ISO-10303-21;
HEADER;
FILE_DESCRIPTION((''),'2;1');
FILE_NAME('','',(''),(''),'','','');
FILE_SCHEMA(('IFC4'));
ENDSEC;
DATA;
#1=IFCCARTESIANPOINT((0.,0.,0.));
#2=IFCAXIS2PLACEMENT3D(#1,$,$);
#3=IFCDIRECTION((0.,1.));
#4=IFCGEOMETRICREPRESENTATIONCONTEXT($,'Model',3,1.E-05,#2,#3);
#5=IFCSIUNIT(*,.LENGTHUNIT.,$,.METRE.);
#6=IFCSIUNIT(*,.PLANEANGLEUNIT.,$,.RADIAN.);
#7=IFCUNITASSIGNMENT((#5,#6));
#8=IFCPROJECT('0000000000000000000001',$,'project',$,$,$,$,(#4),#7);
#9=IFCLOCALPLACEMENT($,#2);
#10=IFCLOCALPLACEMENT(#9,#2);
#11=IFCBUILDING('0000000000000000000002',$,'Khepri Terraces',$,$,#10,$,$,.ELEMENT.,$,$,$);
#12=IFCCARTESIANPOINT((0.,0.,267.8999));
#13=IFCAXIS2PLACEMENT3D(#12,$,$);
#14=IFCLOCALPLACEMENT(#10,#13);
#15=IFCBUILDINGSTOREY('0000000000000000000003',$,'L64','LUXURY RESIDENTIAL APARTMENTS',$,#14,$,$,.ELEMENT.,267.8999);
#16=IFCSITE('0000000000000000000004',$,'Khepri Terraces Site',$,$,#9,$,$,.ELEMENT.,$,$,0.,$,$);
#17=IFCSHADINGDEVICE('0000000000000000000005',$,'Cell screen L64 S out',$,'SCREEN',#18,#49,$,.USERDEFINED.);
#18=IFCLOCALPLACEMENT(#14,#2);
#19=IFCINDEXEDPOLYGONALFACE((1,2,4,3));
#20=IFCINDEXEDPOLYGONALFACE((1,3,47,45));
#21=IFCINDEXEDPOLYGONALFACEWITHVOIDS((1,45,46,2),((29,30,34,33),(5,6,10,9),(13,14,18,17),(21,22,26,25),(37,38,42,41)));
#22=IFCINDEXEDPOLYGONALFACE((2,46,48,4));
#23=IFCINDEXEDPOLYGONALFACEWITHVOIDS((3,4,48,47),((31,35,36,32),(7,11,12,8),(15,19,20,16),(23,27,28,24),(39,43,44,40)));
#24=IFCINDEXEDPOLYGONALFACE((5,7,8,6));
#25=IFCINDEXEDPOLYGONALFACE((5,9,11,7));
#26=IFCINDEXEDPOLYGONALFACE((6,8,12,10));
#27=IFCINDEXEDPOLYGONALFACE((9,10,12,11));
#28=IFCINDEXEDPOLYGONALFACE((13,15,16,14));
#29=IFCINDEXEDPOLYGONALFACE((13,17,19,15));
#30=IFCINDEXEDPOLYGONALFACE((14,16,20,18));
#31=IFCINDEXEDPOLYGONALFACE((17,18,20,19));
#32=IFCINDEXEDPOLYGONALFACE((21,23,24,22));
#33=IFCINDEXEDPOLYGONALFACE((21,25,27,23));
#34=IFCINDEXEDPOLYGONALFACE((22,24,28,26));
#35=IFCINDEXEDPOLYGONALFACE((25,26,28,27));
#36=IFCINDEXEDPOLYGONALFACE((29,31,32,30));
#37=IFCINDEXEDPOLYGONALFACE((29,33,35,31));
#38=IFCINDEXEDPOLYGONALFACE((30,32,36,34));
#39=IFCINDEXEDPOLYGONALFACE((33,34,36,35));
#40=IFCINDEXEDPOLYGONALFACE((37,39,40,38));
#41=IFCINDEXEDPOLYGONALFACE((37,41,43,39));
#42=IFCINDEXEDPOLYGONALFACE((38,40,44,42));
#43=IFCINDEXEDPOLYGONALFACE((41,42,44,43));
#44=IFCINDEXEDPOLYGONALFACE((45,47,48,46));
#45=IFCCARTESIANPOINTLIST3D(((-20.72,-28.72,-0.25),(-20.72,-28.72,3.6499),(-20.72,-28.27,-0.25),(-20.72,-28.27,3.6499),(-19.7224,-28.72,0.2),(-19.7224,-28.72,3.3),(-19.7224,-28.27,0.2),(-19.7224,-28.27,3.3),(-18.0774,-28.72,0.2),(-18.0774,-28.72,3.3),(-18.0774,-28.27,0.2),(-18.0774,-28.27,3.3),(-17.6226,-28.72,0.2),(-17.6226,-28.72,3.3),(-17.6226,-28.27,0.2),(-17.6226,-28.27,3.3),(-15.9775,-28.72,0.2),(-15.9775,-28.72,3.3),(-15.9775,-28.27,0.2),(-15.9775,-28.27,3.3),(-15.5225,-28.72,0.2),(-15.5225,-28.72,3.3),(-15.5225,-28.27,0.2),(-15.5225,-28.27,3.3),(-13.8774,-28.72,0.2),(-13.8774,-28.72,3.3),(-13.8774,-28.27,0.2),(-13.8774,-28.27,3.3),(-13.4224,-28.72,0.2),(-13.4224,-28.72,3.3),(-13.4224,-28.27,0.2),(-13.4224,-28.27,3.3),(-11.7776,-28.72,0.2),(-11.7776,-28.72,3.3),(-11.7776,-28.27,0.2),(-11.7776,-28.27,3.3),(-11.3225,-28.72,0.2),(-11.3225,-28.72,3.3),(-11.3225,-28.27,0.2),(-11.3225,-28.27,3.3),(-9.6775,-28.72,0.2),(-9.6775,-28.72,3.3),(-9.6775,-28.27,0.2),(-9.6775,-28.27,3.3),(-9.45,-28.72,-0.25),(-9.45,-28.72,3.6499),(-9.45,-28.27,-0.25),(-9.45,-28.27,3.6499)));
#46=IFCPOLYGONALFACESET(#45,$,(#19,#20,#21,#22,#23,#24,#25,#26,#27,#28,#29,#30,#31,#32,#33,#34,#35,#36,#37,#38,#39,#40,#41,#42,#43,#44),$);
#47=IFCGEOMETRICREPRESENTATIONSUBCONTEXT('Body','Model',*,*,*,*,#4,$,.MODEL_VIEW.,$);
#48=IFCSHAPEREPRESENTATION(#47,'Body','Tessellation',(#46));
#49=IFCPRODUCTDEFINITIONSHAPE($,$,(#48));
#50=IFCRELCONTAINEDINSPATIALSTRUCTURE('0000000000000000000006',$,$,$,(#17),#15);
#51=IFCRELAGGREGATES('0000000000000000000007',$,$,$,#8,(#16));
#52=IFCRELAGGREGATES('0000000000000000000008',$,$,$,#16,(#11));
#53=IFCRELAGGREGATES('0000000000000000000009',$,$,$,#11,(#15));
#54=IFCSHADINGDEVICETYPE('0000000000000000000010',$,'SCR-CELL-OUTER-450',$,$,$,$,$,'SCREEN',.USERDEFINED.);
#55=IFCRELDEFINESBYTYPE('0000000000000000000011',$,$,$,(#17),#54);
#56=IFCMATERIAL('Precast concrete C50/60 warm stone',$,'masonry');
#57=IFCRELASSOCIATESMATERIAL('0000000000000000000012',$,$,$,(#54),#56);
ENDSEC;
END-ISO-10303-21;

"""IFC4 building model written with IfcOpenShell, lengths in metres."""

from ifc_helpers import new_model, si_unit, direction, frame, origin, place, context, subcontext, project, spatial, polyline, outline, extrude, material, type_object, element, save


model = new_model("IFC4")

# Units and contexts
model_context = context("Model", 3, precision=1e-05, world=origin(), true_north=direction((0.0, 1.0)))
body_context = subcontext(model_context, "Body", "Model", "MODEL_VIEW")
ifc_project = project(units=[si_unit("LENGTHUNIT", "METRE"), si_unit("PLANEANGLEUNIT", "RADIAN")], contexts=[model_context])

# Site, building, storey
site_placement = place(None, origin())
site = spatial("IfcSite", under=ifc_project, at=site_placement, Name="Khepri Terraces Site", CompositionType="ELEMENT", RefElevation=0.0)
building_placement = place(site_placement, origin())
building = spatial("IfcBuilding", under=site, at=building_placement, Name="Khepri Terraces", CompositionType="ELEMENT")
storey_placement = place(building_placement, frame((0.0, 0.0, 267.8999)))
storey = spatial("IfcBuildingStorey", under=building, at=storey_placement, Name="L64", Description="LUXURY RESIDENTIAL APARTMENTS", CompositionType="ELEMENT", Elevation=267.8999)

# Shared definitions
ifc_material_1 = material(Name="Precast concrete C50/60 warm stone", Category="masonry")

# Shading device
shading_device_type_1 = type_object("IfcShadingDeviceType", Name="SCR-CELL-OUTER-450", ElementType="SCREEN", PredefinedType="USERDEFINED", material=ifc_material_1)
shading_device_1_placement = place(storey_placement, frame((-20.72, -28.27, -0.25), z_axis=(0.0, -1.0, 0.0), x_axis=(1.0, 0.0, 0.0)))
element("IfcShadingDevice", 1, at=shading_device_1_placement, inside=storey, type_object=shading_device_type_1, Name="Cell screen L64 S out", ObjectType="SCREEN", PredefinedType="USERDEFINED", context=body_context, shape_type="SweptSolid", body=[
    extrude(outline(polyline([(0.0, 0.0), (11.27, 0.0), (11.27, 3.8999), (0.0, 3.8999), (0.0, 0.0)]), holes=[polyline([(0.9976, 0.45), (2.6426, 0.45), (2.6426, 3.55), (0.9976, 3.55), (0.9976, 0.45)]), polyline([(3.0974, 0.45), (4.7424, 0.45), (4.7424, 3.55), (3.0974, 3.55), (3.0974, 0.45)]), polyline([(5.1975, 0.45), (6.8425, 0.45), (6.8425, 3.55), (5.1975, 3.55), (5.1975, 0.45)]), polyline([(7.2976, 0.45), (8.9424, 0.45), (8.9424, 3.55), (7.2976, 3.55), (7.2976, 0.45)]), polyline([(9.3975, 0.45), (11.0425, 0.45), (11.0425, 3.55), (9.3975, 3.55), (9.3975, 0.45)])]), origin(), (0.0, 0.0, 1.0), 0.45),
])

save(model, "model.ifc")
